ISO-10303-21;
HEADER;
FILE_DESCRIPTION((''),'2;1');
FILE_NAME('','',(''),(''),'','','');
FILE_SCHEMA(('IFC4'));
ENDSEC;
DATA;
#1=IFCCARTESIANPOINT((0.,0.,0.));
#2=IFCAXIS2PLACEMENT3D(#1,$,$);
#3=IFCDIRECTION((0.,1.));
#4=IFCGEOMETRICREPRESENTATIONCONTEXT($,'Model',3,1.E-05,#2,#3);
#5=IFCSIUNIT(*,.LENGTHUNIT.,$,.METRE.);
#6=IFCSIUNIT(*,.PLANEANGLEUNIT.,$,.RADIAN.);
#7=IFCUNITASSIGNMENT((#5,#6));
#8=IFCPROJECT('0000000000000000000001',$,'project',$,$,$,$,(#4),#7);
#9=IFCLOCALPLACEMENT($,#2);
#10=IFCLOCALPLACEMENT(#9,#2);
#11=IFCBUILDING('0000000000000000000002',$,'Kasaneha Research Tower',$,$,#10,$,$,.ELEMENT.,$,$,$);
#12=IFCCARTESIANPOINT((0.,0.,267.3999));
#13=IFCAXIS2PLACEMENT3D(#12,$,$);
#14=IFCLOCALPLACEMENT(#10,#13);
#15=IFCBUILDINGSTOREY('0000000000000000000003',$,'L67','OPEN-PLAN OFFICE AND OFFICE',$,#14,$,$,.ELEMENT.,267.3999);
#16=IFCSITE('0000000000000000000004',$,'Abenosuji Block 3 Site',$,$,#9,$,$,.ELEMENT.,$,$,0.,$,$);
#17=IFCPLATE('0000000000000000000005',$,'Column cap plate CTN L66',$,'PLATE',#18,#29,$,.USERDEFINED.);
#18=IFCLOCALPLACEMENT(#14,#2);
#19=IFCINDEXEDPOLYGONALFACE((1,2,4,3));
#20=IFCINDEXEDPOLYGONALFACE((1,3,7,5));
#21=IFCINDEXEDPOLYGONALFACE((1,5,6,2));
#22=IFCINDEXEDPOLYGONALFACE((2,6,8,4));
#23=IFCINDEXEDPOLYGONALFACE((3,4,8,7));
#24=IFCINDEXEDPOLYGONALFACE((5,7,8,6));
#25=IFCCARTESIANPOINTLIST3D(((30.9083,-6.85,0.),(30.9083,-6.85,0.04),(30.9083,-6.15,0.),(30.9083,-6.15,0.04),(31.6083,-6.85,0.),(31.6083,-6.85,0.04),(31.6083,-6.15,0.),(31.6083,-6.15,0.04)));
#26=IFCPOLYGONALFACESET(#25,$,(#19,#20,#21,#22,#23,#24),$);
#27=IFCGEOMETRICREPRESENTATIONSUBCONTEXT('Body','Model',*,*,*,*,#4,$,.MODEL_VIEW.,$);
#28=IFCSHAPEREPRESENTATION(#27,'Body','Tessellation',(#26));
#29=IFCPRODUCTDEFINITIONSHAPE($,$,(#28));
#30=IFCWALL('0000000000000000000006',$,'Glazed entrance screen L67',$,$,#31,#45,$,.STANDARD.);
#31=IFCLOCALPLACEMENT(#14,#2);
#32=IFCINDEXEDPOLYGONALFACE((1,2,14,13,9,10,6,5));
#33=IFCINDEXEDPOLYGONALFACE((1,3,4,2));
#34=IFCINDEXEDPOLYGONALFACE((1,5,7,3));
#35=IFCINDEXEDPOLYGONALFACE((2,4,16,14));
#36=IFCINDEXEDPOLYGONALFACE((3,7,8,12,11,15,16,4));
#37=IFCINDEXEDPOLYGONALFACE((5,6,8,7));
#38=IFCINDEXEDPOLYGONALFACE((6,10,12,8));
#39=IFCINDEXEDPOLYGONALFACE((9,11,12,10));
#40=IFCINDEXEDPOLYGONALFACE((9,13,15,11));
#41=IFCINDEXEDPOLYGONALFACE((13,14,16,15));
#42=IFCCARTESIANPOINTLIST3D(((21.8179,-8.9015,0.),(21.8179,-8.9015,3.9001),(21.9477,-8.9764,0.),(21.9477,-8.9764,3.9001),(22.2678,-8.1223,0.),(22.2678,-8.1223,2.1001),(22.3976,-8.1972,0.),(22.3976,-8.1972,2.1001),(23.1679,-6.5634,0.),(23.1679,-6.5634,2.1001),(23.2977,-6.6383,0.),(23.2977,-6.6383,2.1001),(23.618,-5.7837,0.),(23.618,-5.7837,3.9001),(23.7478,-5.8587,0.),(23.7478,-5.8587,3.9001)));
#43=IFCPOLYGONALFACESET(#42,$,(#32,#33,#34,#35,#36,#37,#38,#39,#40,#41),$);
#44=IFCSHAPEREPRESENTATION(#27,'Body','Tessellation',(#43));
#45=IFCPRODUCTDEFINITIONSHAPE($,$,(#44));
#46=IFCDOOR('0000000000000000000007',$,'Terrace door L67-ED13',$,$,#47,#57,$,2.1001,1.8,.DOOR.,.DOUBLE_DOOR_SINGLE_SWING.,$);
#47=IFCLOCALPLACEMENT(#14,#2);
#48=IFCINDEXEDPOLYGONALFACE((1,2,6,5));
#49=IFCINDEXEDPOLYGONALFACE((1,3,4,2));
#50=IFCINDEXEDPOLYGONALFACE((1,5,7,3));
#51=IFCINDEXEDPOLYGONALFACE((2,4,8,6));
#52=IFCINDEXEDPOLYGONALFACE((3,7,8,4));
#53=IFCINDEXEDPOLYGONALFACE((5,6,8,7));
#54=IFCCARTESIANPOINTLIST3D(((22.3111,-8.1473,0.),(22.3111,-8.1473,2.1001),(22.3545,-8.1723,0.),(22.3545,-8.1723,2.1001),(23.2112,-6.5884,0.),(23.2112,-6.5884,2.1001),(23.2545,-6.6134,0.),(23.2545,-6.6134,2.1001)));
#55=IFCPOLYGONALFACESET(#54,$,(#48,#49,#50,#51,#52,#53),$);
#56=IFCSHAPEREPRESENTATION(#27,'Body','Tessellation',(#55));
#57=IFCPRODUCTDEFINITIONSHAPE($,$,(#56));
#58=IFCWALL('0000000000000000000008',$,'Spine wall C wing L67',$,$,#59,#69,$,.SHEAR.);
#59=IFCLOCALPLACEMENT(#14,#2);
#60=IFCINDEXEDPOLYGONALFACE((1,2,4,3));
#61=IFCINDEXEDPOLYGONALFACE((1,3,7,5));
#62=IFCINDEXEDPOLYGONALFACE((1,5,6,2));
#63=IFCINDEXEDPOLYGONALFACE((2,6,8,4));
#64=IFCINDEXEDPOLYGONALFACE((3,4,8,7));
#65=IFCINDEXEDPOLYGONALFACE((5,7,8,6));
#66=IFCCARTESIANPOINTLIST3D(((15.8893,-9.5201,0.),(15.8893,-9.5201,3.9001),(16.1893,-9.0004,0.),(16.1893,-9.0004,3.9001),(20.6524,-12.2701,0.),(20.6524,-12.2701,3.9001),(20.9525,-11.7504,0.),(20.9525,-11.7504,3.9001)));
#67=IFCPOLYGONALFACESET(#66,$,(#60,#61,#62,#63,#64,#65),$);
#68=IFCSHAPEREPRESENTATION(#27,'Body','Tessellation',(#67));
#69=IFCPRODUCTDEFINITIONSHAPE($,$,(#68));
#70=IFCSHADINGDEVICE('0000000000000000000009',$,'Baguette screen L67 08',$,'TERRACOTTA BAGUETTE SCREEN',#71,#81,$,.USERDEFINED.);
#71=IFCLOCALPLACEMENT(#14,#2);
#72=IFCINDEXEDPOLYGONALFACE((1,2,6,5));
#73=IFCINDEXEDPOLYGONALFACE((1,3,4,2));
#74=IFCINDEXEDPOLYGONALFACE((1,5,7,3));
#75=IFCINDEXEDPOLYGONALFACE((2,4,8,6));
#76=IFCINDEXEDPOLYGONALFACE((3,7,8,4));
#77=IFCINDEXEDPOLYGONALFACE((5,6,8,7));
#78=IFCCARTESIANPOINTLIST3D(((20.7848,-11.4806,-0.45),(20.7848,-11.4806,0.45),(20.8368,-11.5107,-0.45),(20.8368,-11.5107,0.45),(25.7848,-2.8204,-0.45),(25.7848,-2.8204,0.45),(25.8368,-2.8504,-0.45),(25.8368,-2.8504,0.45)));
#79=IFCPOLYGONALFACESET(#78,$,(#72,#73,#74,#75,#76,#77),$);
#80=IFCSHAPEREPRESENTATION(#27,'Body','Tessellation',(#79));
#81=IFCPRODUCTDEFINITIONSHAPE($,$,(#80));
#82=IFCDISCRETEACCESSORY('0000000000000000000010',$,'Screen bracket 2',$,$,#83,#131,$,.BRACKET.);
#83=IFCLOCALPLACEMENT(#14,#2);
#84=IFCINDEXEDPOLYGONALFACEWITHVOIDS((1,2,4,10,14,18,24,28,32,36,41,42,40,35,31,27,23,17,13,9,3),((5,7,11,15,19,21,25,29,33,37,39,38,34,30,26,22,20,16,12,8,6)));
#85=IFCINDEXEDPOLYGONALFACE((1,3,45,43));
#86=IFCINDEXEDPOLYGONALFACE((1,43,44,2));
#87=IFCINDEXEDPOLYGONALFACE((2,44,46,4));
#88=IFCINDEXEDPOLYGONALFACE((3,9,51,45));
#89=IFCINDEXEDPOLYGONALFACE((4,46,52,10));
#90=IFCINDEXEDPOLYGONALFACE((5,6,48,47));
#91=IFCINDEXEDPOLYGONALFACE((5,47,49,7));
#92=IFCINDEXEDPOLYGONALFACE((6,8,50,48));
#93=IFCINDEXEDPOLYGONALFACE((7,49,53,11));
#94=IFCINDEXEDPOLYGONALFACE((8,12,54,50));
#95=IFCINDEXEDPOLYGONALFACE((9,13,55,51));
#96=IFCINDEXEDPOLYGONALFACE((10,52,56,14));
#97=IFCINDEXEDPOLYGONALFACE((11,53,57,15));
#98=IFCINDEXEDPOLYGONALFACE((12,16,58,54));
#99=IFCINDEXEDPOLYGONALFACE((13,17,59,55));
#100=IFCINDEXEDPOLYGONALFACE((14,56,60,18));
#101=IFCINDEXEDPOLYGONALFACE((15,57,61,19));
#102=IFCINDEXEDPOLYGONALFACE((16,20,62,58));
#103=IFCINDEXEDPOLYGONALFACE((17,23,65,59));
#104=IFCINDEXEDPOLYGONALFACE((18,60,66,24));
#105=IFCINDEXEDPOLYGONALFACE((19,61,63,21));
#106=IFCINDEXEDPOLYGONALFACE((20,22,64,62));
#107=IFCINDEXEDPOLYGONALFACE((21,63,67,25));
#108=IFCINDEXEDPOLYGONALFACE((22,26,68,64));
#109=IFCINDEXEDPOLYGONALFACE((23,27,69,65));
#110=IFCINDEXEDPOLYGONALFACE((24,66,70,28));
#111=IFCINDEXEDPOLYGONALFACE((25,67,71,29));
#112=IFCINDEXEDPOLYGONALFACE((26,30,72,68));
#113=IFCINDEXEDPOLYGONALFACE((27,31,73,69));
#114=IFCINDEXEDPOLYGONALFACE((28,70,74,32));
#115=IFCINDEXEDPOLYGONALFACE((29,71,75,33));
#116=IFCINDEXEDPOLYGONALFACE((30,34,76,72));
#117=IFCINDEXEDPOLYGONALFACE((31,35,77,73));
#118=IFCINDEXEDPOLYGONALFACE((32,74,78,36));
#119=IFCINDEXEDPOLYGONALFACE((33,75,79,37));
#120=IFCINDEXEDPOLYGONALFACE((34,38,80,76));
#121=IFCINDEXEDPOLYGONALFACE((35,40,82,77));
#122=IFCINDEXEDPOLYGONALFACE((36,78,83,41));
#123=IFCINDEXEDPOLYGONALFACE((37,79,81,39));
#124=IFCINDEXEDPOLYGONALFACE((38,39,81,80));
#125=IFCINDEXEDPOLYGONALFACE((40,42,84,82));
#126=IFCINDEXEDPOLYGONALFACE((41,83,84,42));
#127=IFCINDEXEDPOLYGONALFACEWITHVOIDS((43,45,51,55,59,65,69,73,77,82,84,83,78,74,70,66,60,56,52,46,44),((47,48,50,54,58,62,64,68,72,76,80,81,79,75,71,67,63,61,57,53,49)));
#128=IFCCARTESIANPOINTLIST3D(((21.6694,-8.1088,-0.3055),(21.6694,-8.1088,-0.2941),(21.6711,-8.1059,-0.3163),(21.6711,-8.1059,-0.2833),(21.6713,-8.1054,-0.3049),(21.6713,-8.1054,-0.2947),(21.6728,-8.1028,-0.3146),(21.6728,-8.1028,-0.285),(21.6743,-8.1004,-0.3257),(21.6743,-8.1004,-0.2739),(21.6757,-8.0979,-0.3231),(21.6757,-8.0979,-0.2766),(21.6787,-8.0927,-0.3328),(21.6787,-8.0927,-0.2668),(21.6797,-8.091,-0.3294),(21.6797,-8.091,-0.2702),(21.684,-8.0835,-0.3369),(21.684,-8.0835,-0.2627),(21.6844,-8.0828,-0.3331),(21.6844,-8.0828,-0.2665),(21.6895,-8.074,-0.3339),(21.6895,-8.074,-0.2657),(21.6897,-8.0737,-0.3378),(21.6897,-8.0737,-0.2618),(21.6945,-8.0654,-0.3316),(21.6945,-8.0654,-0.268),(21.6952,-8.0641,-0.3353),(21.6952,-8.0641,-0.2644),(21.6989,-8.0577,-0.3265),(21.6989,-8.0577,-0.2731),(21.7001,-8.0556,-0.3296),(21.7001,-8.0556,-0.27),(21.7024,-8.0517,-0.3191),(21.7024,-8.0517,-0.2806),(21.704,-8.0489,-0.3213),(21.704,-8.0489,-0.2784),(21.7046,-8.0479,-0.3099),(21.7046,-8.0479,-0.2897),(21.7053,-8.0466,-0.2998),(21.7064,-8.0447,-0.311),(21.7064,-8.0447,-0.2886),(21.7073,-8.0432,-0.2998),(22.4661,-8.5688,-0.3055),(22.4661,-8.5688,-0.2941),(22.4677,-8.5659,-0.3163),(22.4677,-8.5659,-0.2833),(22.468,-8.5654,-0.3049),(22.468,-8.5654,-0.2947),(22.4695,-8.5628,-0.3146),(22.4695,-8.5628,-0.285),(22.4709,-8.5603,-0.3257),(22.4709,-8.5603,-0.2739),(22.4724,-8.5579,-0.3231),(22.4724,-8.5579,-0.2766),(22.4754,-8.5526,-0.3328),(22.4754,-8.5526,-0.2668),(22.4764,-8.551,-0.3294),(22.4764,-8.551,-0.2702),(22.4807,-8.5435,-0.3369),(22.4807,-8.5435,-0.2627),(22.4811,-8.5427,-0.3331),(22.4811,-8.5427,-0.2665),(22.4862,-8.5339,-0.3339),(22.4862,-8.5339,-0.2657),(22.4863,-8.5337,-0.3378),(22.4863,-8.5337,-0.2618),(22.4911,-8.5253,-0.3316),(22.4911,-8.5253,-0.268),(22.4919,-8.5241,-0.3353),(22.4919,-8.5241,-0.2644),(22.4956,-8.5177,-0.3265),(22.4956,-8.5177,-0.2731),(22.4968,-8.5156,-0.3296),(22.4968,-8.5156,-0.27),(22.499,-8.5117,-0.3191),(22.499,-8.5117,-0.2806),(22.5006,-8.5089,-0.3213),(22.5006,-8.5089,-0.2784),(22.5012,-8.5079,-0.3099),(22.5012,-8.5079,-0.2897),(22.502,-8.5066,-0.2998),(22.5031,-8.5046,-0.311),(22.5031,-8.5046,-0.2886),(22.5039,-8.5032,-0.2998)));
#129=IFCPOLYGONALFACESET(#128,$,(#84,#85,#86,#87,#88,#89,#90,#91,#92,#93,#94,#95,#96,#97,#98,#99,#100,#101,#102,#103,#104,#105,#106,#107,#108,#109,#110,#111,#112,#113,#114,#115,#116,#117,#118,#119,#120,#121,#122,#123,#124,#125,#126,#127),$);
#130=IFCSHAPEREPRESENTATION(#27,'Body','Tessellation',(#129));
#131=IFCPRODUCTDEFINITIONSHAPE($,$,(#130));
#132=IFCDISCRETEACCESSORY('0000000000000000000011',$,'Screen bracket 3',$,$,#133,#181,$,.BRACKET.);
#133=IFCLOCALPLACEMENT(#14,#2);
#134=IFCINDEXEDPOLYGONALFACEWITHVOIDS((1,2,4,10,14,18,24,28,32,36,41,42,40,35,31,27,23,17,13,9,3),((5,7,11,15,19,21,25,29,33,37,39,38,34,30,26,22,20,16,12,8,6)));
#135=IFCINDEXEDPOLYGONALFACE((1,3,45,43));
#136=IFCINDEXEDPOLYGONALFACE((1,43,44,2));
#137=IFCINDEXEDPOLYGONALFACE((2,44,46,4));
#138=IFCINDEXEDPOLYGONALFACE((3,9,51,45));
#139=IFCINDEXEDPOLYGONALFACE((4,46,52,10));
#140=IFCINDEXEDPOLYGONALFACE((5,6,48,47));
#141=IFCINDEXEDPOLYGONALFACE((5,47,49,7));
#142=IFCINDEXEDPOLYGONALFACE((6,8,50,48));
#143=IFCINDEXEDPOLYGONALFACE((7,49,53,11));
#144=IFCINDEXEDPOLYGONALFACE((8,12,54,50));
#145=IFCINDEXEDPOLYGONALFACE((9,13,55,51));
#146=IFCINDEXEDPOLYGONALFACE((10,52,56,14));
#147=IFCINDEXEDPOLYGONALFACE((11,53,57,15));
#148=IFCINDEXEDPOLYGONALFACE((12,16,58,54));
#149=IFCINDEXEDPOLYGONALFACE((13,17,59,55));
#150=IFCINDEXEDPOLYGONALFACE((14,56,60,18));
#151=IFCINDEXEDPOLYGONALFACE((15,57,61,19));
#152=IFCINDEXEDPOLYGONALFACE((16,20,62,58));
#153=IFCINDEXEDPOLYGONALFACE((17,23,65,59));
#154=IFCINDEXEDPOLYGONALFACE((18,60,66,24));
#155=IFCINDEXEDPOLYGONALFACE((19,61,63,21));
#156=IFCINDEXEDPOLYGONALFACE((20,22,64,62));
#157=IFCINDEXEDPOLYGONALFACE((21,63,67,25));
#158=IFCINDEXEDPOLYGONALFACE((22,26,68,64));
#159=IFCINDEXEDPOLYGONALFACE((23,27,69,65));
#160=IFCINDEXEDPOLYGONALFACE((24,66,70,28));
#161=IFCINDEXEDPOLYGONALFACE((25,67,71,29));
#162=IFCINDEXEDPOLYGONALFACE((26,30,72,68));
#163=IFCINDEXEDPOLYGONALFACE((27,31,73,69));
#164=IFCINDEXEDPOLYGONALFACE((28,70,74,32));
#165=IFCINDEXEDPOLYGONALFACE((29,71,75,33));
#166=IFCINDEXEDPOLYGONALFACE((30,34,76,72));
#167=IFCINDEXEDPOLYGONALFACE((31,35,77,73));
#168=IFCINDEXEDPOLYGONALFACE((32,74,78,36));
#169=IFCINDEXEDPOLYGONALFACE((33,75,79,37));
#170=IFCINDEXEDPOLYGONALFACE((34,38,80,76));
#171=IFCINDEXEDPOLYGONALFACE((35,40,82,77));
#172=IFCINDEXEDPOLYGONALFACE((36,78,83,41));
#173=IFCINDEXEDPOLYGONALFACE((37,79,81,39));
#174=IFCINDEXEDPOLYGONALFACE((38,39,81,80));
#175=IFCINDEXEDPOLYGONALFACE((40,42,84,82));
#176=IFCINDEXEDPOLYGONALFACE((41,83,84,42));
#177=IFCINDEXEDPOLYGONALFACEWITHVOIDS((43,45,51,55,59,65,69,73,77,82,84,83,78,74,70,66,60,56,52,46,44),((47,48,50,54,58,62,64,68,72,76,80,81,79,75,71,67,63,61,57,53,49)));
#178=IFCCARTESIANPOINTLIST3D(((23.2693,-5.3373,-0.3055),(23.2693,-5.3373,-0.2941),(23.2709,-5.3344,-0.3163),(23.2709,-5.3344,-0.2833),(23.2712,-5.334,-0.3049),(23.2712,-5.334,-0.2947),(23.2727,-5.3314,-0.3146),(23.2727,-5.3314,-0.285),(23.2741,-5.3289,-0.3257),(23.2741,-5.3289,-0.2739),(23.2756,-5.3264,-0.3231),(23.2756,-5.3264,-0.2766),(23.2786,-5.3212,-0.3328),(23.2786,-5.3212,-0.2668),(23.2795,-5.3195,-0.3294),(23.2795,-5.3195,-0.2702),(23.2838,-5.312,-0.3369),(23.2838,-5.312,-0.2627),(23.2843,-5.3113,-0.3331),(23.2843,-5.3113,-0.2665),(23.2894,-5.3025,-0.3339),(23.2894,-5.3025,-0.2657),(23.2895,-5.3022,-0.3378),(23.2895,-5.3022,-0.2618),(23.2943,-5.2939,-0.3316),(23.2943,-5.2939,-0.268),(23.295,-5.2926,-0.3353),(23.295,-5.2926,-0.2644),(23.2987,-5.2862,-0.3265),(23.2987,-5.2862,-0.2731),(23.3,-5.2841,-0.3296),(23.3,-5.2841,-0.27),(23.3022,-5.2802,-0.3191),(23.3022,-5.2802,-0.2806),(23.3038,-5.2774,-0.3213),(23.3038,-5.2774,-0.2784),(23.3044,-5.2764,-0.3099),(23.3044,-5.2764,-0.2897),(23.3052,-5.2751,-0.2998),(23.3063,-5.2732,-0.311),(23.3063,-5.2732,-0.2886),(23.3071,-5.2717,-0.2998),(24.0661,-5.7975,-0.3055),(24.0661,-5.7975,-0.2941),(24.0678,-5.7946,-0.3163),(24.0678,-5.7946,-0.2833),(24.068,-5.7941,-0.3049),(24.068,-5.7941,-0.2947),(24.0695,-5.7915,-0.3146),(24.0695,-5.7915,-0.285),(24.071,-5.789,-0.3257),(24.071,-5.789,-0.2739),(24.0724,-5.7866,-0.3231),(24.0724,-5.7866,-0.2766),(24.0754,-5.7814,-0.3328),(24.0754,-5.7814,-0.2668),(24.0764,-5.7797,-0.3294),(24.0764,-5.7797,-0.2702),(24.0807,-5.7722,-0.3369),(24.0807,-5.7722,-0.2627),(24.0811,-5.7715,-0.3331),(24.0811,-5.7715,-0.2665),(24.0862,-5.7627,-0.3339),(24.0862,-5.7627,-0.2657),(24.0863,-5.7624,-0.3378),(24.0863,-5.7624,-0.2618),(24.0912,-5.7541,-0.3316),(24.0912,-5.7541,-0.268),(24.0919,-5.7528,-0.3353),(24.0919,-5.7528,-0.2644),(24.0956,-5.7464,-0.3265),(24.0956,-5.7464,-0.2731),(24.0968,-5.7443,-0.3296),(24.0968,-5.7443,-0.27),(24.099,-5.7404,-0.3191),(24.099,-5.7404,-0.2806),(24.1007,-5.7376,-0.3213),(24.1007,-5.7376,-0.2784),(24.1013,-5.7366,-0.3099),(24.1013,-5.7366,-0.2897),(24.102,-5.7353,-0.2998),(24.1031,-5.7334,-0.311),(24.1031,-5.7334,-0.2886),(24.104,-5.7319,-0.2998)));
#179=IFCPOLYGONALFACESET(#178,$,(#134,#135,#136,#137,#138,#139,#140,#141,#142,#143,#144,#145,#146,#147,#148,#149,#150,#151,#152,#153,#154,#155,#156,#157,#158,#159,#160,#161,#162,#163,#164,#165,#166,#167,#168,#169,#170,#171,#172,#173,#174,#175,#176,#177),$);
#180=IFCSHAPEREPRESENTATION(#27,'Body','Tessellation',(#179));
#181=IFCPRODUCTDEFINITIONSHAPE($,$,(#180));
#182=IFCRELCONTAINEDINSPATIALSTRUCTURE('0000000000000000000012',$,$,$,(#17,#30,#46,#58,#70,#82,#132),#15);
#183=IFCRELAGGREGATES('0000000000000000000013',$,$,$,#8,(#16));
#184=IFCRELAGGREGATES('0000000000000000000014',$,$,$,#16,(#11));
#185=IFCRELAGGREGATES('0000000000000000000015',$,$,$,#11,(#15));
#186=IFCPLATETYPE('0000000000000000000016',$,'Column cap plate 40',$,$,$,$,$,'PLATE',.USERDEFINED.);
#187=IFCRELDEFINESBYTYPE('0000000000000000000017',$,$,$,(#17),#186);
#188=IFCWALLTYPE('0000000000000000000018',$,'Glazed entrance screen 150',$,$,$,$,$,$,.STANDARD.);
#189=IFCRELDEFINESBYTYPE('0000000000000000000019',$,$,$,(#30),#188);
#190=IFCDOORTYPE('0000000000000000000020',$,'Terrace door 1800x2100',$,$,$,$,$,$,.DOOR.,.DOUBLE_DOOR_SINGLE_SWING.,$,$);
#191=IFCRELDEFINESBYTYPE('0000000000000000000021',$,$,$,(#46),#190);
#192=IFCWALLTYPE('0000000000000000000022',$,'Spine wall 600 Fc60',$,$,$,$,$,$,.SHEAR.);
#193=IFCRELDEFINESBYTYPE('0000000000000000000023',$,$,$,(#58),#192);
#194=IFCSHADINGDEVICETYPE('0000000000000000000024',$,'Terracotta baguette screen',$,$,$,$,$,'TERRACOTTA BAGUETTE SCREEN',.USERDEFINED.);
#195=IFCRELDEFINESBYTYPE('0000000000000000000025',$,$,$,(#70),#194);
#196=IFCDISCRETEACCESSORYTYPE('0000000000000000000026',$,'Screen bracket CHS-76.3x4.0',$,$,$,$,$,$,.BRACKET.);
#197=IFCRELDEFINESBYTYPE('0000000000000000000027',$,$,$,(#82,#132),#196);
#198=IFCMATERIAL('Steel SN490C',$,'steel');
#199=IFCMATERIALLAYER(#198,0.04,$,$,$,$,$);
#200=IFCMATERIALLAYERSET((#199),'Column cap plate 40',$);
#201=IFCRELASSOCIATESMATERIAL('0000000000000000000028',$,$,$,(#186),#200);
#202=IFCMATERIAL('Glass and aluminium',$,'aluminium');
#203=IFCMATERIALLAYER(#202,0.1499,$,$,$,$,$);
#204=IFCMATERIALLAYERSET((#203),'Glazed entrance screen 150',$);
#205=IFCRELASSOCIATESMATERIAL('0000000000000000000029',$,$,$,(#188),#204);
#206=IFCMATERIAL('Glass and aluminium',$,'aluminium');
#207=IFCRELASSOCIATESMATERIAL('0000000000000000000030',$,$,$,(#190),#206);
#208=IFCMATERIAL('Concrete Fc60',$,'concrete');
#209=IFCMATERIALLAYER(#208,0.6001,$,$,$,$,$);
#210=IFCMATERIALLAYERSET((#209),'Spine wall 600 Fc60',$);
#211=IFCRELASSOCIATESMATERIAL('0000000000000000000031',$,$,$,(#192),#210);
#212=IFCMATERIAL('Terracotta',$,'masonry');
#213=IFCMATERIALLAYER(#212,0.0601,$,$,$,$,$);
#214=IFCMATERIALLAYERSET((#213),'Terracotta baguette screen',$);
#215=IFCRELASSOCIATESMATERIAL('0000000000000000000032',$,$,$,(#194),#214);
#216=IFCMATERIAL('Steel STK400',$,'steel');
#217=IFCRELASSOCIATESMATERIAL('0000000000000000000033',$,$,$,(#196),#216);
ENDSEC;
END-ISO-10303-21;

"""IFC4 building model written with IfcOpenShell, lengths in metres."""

from ifc_helpers import new_model, si_unit, direction, frame, frame_2d, origin, origin_2d, place, context, subcontext, project, spatial, rectangle, hollow_circle, extrude, material, layer, layer_set, material_profile, profile_set, type_object, element, fill, save


model = new_model("IFC4")

# Units and contexts
model_context = context("Model", 3, precision=1e-05, world=origin(), true_north=direction((0.0, 1.0)))
body_context = subcontext(model_context, "Body", "Model", "MODEL_VIEW")
ifc_project = project(units=[si_unit("LENGTHUNIT", "METRE"), si_unit("PLANEANGLEUNIT", "RADIAN")], contexts=[model_context])

# Site, building, storey
site_placement = place(None, origin())
site = spatial("IfcSite", under=ifc_project, at=site_placement, Name="Abenosuji Block 3 Site", CompositionType="ELEMENT", RefElevation=0.0)
building_placement = place(site_placement, origin())
building = spatial("IfcBuilding", under=site, at=building_placement, Name="Kasaneha Research Tower", CompositionType="ELEMENT")
storey_placement = place(building_placement, frame((0.0, 0.0, 267.3999)))
storey = spatial("IfcBuildingStorey", under=building, at=storey_placement, Name="L67", Description="OPEN-PLAN OFFICE AND OFFICE", CompositionType="ELEMENT", Elevation=267.3999)

# Plate
ifc_material_1 = material(Name="Steel SN490C", Category="steel")
ifc_layer_1 = layer(ifc_material_1, 0.04)
ifc_layer_set_1 = layer_set([ifc_layer_1], Name="Column cap plate 40")
plate_type_1 = type_object("IfcPlateType", Name="Column cap plate 40", ElementType="PLATE", PredefinedType="USERDEFINED", material=ifc_layer_set_1)
plate_1_placement = place(storey_placement, frame((31.2583, -6.5, 0.0), z_axis=(0.0, 0.0, 1.0), x_axis=(1.0, 0.0, 0.0)))
element("IfcPlate", 1, at=plate_1_placement, inside=storey, type_object=plate_type_1, Name="Column cap plate CTN L66", ObjectType="PLATE", PredefinedType="USERDEFINED", context=body_context, shape_type="SweptSolid", body=[
    extrude(rectangle(XDim=0.7, YDim=0.7, at=origin_2d()), origin(), (0.0, 0.0, 1.0), 0.04),
])

# Wall, opening, door
ifc_material_2 = material(Name="Glass and aluminium", Category="aluminium")
ifc_layer_2 = layer(ifc_material_2, 0.1499)
ifc_layer_set_2 = layer_set([ifc_layer_2], Name="Glazed entrance screen 150")
wall_type_1 = type_object("IfcWallType", Name="Glazed entrance screen 150", PredefinedType="STANDARD", material=ifc_layer_set_2)
wall_1_placement = place(storey_placement, frame((21.8828, -8.939, 0.0), z_axis=(0.0, 0.0, 1.0), x_axis=(0.500012, 0.866018, 0.0)))
wall_1 = element("IfcWall", 2, at=wall_1_placement, inside=storey, type_object=wall_type_1, Name="Glazed entrance screen L67", PredefinedType="STANDARD", context=body_context, shape_type="SweptSolid", body=[
    extrude(rectangle(XDim=3.6001, YDim=0.1499, at=frame_2d((1.8, 0.0))), origin(), (0.0, 0.0, 1.0), 3.9001),
])
opening_placement = place(wall_1_placement, frame((0.8999, 0.0, 0.0)))
opening = element("IfcOpeningElement", 3, at=opening_placement, cuts=wall_1, PredefinedType="OPENING", context=body_context, shape_type="SweptSolid", body=[
    extrude(rectangle(XDim=1.8, YDim=2.1001, at=frame_2d((0.8999, 1.05))), frame((0.0, 0.085, 0.0), z_axis=(0.0, -1.0, 0.0), x_axis=(1.0, 0.0, 0.0)), (0.0, 0.0, 1.0), 0.1699),
])
ifc_material_3 = material(Name="Glass and aluminium", Category="aluminium")
door_type = type_object("IfcDoorType", Name="Terrace door 1800x2100", OperationType="DOUBLE_DOOR_SINGLE_SWING", PredefinedType="DOOR", material=ifc_material_3)
door_placement = place(opening_placement, origin())
door = element("IfcDoor", 4, at=door_placement, inside=storey, type_object=door_type, Name="Terrace door L67-ED13", OperationType="DOUBLE_DOOR_SINGLE_SWING", OverallHeight=2.1001, OverallWidth=1.8, PredefinedType="DOOR", context=body_context, shape_type="SweptSolid", body=[
    extrude(rectangle(XDim=1.8, YDim=2.1001, at=frame_2d((0.8999, 1.05))), frame((0.0, 0.0249, 0.0), z_axis=(0.0, -1.0, 0.0), x_axis=(1.0, 0.0, 0.0)), (0.0, 0.0, 1.0), 0.05),
])
fill(opening, door)

# Wall
ifc_material_4 = material(Name="Concrete Fc60", Category="concrete")
ifc_layer_3 = layer(ifc_material_4, 0.6001)
ifc_layer_set_3 = layer_set([ifc_layer_3], Name="Spine wall 600 Fc60")
wall_type_2 = type_object("IfcWallType", Name="Spine wall 600 Fc60", PredefinedType="SHEAR", material=ifc_layer_set_3)
wall_2_placement = place(storey_placement, frame((16.0393, -9.2603, 0.0), z_axis=(0.0, 0.0, 1.0), x_axis=(0.866027, -0.499997, 0.0)))
element("IfcWall", 5, at=wall_2_placement, inside=storey, type_object=wall_type_2, Name="Spine wall C wing L67", PredefinedType="SHEAR", context=body_context, shape_type="SweptSolid", body=[
    extrude(rectangle(XDim=5.5, YDim=0.6001, at=frame_2d((2.75, 0.0))), origin(), (0.0, 0.0, 1.0), 3.9001),
])

# Shading device
ifc_material_5 = material(Name="Terracotta", Category="masonry")
ifc_layer_4 = layer(ifc_material_5, 0.0601)
ifc_layer_set_4 = layer_set([ifc_layer_4], Name="Terracotta baguette screen")
shading_device_type = type_object("IfcShadingDeviceType", Name="Terracotta baguette screen", ElementType="TERRACOTTA BAGUETTE SCREEN", PredefinedType="USERDEFINED", material=ifc_layer_set_4)
shading_device_placement = place(storey_placement, frame((23.3108, -7.1655, -0.45), z_axis=(0.0, 0.0, 1.0), x_axis=(0.5, 0.866025, 0.0)))
element("IfcShadingDevice", 6, at=shading_device_placement, inside=storey, type_object=shading_device_type, Name="Baguette screen L67 08", ObjectType="TERRACOTTA BAGUETTE SCREEN", PredefinedType="USERDEFINED", context=body_context, shape_type="SweptSolid", body=[
    extrude(rectangle(XDim=10.0, YDim=0.0601, at=origin_2d()), origin(), (0.0, 0.0, 1.0), 0.8999),
])

# Discrete accessories
ifc_material_6 = material(Name="Steel STK400", Category="steel")
ifc_material_profile_1 = material_profile(ifc_material_6, hollow_circle(Radius=0.0381, WallThickness=0.0039, at=origin_2d()), Name="CHS-76.3x4.0")
ifc_profile_set_1 = profile_set([ifc_material_profile_1], Name="Steel STK400")
discrete_accessory_type = type_object("IfcDiscreteAccessoryType", Name="Screen bracket CHS-76.3x4.0", PredefinedType="BRACKET", material=ifc_profile_set_1)
discrete_accessory_1_placement = place(storey_placement, frame((21.6882, -8.0762, -0.2998), z_axis=(0.866013, -0.500021, 0.0), x_axis=(0.500021, 0.866013, 0.0)))
element("IfcDiscreteAccessory", 7, at=discrete_accessory_1_placement, inside=storey, type_object=discrete_accessory_type, Name="Screen bracket 2", PredefinedType="BRACKET", context=body_context, shape_type="SweptSolid", body=[
    extrude(hollow_circle(Radius=0.0381, WallThickness=0.0039, at=origin_2d()), origin(), (0.0, 0.0, 1.0), 0.9199),
])
discrete_accessory_2_placement = place(storey_placement, frame((23.2881, -5.3047, -0.2998), z_axis=(0.865965, -0.500105, 0.0), x_axis=(0.500105, 0.865965, 0.0)))
element("IfcDiscreteAccessory", 8, at=discrete_accessory_2_placement, inside=storey, type_object=discrete_accessory_type, Name="Screen bracket 3", PredefinedType="BRACKET", context=body_context, shape_type="SweptSolid", body=[
    extrude(hollow_circle(Radius=0.0381, WallThickness=0.0039, at=origin_2d()), origin(), (0.0, 0.0, 1.0), 0.9202),
])

save(model, "model.ifc")
